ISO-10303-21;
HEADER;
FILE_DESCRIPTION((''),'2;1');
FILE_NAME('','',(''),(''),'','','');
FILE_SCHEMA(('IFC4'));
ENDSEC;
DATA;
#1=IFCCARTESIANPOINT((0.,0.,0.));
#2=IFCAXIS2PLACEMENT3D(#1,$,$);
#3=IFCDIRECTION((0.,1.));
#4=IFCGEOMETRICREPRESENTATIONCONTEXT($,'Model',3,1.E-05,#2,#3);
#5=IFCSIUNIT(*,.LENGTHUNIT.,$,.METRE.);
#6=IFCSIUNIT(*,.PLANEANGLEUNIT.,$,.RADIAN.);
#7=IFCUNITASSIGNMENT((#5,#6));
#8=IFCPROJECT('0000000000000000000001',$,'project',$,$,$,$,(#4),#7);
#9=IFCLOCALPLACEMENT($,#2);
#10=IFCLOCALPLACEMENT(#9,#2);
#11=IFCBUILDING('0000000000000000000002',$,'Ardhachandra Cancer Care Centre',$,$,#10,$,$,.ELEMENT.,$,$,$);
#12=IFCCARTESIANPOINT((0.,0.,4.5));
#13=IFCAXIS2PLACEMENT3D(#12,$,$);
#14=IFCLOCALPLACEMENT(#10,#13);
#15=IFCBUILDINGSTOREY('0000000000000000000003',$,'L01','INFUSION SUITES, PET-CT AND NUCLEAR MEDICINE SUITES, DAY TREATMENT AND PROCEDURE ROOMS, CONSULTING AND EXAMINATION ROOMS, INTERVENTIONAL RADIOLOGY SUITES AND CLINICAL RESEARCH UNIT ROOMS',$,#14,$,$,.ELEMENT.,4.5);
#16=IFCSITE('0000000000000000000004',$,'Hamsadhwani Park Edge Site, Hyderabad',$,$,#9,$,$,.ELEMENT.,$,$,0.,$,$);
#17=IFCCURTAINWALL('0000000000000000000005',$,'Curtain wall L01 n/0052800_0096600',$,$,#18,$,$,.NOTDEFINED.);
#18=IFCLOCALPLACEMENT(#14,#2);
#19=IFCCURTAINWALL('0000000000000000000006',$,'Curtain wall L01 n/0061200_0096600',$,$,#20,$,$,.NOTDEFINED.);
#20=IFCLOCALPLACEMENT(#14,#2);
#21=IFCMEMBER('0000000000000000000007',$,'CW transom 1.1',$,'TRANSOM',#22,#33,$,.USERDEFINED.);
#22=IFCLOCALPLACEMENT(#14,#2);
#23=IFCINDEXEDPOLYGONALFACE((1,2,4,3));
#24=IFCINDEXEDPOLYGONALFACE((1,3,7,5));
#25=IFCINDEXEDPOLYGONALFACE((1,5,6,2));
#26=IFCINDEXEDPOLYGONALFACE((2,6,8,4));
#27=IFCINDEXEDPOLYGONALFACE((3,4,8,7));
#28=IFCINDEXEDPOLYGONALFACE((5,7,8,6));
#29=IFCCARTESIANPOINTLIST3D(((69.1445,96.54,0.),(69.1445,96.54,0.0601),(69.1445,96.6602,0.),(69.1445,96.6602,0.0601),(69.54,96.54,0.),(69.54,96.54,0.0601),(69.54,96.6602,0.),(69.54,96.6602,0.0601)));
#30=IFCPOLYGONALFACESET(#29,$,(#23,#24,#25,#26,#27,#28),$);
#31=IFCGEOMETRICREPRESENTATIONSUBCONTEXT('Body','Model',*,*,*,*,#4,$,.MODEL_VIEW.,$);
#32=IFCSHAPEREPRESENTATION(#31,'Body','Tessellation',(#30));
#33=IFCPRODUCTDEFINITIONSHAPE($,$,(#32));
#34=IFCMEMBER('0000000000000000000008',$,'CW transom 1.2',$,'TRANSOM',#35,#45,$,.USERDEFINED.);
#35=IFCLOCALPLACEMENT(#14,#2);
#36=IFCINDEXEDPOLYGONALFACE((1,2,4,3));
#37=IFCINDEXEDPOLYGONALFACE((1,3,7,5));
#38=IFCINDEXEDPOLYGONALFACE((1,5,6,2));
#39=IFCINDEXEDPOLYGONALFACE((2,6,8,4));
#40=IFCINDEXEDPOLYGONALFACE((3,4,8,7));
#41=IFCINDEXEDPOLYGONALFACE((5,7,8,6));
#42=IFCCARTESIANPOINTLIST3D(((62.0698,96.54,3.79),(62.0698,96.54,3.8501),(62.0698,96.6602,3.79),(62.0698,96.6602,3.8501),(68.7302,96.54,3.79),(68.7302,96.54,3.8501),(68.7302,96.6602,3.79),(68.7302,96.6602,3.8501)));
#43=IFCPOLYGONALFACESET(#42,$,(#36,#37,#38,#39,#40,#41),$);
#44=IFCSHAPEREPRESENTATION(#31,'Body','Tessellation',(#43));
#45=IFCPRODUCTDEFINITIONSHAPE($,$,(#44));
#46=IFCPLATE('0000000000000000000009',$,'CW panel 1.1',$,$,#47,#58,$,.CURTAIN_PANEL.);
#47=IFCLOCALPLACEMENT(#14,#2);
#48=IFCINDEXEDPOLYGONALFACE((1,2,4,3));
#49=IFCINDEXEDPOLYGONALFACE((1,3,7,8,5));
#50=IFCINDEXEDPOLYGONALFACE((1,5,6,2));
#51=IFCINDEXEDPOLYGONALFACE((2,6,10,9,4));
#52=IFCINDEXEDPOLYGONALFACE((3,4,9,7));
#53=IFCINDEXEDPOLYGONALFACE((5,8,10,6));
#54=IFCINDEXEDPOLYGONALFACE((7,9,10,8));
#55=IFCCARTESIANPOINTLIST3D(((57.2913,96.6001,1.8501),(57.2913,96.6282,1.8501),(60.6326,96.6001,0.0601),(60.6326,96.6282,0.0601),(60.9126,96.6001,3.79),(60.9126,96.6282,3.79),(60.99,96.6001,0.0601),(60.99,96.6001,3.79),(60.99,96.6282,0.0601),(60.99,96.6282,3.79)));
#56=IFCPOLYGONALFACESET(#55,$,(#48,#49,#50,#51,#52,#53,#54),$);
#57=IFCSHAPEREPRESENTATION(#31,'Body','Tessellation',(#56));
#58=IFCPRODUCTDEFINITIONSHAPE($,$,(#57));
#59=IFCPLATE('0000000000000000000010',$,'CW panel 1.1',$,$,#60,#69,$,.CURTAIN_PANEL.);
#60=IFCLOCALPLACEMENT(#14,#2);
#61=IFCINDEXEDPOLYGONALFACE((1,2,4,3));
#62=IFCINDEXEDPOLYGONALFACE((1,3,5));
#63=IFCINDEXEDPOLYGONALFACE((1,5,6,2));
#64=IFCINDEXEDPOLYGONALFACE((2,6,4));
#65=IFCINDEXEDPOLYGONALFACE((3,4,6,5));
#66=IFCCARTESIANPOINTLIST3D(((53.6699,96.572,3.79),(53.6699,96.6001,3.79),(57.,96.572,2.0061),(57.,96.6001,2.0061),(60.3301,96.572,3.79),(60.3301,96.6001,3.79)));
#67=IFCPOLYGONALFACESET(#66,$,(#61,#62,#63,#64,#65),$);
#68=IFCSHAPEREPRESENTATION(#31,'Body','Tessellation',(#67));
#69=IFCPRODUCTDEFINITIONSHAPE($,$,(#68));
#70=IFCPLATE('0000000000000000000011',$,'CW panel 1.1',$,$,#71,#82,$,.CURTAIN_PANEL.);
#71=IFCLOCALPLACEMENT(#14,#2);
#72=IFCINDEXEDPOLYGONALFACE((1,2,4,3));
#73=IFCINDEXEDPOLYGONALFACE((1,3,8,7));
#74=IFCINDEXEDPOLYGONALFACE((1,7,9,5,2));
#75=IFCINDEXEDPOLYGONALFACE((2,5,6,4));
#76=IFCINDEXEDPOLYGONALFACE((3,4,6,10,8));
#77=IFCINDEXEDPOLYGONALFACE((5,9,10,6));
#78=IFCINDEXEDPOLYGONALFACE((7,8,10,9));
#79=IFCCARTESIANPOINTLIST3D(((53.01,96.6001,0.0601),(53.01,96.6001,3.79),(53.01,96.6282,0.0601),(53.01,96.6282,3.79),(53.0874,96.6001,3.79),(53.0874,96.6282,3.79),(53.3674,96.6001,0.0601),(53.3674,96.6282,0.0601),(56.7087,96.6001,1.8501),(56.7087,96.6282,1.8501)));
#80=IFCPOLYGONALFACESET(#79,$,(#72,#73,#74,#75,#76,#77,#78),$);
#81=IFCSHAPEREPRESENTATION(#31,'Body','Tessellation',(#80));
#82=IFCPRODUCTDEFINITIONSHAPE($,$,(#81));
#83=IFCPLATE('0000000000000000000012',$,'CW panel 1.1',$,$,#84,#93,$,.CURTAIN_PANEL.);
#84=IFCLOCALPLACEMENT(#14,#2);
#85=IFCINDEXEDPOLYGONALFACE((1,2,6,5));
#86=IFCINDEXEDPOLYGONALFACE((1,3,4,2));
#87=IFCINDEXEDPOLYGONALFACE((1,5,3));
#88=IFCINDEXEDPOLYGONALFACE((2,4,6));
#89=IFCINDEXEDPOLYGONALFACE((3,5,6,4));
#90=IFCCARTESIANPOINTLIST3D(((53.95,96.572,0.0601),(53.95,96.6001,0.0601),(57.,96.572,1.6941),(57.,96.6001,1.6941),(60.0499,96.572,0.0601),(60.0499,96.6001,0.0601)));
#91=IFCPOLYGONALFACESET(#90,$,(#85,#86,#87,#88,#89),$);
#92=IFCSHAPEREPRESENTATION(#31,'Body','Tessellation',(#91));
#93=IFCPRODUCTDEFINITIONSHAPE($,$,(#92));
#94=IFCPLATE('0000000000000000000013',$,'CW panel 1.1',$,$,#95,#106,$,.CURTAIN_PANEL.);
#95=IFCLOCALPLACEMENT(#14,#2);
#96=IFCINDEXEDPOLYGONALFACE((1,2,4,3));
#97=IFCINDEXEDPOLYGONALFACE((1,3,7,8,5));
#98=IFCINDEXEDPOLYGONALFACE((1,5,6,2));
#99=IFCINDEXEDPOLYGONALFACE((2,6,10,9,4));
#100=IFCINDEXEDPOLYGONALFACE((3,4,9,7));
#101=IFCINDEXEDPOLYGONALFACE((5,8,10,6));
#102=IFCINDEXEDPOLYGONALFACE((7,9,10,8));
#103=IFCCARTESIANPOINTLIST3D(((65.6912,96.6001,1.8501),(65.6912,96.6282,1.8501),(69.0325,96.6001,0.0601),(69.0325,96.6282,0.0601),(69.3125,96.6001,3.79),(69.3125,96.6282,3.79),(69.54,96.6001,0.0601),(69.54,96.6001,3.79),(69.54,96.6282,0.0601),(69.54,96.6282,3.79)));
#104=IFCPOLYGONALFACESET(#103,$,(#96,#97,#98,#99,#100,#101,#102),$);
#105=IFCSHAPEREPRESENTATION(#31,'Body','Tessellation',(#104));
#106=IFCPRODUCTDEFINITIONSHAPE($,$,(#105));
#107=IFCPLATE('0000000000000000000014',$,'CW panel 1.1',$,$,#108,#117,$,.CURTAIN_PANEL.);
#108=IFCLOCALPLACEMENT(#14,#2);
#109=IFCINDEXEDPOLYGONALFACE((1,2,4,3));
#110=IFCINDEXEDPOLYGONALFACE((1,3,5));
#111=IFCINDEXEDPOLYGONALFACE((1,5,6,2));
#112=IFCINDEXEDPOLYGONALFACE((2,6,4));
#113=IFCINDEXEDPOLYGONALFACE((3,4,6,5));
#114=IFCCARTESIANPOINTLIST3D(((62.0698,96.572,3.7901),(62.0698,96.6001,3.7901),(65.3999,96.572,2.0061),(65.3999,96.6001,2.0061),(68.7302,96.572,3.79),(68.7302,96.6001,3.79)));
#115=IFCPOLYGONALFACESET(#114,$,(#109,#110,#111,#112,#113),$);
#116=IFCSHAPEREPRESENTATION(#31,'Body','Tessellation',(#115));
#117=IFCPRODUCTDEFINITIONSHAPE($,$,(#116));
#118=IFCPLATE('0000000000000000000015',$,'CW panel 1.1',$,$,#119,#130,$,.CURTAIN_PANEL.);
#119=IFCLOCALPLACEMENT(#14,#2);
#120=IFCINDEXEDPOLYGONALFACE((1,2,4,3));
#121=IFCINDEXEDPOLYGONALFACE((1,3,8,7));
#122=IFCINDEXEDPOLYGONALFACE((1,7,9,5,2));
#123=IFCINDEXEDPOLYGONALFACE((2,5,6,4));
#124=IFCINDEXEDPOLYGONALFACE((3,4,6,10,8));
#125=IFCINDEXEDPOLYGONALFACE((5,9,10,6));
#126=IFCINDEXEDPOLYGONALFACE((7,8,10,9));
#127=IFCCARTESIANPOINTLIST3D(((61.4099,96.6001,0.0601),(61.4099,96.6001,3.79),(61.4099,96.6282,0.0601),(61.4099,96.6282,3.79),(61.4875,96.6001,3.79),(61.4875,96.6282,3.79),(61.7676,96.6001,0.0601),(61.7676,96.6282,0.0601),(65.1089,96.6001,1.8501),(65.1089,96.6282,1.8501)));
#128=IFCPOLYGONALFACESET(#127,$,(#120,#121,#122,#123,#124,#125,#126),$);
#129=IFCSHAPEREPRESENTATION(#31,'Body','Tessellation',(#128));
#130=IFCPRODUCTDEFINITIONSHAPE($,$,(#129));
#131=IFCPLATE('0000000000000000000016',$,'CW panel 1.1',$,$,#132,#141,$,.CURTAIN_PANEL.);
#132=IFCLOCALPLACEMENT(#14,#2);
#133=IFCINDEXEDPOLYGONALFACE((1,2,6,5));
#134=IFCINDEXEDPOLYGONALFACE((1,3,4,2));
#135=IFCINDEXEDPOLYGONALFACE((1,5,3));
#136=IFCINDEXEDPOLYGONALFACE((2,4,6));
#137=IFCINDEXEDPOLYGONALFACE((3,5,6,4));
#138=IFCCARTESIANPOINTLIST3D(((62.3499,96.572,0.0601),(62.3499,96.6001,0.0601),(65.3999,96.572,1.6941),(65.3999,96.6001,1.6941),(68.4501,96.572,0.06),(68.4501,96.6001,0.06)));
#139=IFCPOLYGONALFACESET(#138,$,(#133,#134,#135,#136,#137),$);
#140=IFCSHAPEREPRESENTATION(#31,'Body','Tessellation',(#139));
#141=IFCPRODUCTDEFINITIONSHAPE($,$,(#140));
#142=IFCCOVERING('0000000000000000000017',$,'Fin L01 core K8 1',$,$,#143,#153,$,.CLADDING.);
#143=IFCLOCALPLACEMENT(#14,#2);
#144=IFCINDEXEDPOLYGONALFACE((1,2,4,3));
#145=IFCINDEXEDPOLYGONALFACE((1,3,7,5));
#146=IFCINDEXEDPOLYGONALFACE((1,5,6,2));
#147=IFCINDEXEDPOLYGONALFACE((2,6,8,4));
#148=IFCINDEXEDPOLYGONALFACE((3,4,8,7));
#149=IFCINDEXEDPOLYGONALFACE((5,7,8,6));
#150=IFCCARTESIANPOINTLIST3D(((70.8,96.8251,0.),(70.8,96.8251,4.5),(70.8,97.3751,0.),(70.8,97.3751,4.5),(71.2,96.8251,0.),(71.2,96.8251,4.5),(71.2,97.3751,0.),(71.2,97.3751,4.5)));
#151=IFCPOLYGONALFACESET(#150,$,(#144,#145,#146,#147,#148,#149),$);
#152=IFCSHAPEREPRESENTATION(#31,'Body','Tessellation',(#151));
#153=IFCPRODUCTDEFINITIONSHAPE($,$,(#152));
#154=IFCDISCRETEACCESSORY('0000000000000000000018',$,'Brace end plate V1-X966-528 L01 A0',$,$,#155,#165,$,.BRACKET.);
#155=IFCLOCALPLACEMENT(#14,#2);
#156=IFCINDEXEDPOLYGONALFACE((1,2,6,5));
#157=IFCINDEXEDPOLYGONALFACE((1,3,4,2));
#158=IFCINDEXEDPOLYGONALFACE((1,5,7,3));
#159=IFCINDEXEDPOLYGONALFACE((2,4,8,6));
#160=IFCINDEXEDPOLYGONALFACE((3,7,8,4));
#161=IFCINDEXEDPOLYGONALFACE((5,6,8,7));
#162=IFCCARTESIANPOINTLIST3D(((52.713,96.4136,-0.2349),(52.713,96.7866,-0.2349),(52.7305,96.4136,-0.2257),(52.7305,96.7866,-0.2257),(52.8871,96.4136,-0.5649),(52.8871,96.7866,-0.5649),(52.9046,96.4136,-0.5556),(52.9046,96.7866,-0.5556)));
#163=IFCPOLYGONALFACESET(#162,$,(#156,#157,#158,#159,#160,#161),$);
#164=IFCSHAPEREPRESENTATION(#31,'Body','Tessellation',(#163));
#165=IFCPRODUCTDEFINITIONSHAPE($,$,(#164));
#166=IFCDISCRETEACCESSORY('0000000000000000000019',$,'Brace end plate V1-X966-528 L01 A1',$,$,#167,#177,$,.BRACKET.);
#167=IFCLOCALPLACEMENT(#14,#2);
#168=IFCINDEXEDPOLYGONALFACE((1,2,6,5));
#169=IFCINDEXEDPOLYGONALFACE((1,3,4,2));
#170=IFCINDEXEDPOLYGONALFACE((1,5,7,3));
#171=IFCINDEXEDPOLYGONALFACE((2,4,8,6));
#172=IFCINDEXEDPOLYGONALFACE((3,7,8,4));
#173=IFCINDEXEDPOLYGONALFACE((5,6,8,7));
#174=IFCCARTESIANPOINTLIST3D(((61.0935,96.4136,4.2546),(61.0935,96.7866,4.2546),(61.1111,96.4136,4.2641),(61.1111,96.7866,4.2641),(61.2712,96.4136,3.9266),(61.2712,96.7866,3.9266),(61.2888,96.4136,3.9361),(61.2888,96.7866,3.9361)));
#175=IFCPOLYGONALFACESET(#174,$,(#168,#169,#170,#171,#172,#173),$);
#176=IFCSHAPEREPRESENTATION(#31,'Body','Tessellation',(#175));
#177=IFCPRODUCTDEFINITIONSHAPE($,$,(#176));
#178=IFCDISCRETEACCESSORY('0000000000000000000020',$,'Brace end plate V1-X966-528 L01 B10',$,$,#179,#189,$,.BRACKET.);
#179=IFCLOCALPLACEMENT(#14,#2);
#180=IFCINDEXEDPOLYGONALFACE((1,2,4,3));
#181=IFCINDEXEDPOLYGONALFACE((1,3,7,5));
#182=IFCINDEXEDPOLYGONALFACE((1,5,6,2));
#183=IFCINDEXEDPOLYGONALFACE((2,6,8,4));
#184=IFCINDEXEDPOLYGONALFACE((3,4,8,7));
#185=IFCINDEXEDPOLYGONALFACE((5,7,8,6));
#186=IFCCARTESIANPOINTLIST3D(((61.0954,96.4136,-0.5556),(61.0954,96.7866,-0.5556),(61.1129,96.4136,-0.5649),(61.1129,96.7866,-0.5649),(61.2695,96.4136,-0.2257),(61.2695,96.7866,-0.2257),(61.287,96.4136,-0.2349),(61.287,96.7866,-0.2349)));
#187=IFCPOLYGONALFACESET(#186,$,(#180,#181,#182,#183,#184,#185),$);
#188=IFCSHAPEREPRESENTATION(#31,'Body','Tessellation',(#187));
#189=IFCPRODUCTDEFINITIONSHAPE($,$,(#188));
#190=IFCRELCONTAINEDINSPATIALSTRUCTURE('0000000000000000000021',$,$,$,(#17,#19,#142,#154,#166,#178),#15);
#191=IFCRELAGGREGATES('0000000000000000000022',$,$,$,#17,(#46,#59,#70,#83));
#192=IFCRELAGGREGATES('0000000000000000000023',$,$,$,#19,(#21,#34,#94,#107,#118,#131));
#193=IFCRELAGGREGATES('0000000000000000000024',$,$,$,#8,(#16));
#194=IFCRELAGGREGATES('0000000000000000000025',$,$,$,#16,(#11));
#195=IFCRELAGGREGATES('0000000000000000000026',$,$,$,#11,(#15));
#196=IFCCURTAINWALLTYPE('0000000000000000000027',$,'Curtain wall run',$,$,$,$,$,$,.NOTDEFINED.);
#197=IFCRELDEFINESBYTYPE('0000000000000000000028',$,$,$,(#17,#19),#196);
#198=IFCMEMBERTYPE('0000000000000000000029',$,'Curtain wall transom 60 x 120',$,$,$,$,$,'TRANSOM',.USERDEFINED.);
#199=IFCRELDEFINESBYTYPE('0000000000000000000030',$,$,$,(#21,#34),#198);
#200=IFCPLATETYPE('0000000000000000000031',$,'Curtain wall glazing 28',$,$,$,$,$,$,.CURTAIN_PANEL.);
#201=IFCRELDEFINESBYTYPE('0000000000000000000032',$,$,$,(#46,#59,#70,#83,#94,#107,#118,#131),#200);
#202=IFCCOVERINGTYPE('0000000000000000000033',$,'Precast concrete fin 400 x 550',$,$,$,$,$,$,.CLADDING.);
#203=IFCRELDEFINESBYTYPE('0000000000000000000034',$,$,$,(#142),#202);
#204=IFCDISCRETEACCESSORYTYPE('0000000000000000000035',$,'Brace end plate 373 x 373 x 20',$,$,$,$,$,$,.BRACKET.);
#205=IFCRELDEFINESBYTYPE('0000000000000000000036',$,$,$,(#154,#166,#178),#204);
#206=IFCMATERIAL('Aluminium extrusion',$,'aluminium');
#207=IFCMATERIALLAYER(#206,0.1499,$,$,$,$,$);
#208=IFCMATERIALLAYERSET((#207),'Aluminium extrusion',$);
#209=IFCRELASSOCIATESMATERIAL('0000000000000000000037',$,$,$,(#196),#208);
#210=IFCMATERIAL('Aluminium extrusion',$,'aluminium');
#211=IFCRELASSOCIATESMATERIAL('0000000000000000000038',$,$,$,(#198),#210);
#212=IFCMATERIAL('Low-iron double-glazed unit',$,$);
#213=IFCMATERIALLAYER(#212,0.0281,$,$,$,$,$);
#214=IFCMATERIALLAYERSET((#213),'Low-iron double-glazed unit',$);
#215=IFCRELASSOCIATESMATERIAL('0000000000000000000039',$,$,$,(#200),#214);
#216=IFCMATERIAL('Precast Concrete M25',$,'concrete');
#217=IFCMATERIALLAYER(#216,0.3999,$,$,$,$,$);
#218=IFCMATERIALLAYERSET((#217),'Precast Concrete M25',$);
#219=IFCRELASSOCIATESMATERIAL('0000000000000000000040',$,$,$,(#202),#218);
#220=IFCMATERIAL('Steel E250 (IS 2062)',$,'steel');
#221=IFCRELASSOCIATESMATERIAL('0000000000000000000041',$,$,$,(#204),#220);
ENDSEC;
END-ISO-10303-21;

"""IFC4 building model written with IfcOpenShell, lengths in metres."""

from ifc_helpers import new_model, si_unit, direction, frame, origin, origin_2d, place, context, subcontext, project, spatial, polyline, rectangle, outline, extrude, material, layer, layer_set, material_profile, profile_set, type_object, element, aggregate, save


model = new_model("IFC4")

# Units and contexts
model_context = context("Model", 3, precision=1e-05, world=origin(), true_north=direction((0.0, 1.0)))
body_context = subcontext(model_context, "Body", "Model", "MODEL_VIEW")
ifc_project = project(units=[si_unit("LENGTHUNIT", "METRE"), si_unit("PLANEANGLEUNIT", "RADIAN")], contexts=[model_context])

# Site, building, storey
site_placement = place(None, origin())
site = spatial("IfcSite", under=ifc_project, at=site_placement, Name="Hamsadhwani Park Edge Site, Hyderabad", CompositionType="ELEMENT", RefElevation=0.0)
building_placement = place(site_placement, origin())
building = spatial("IfcBuilding", under=site, at=building_placement, Name="Ardhachandra Cancer Care Centre", CompositionType="ELEMENT")
storey_placement = place(building_placement, frame((0.0, 0.0, 4.5)))
storey = spatial("IfcBuildingStorey", under=building, at=storey_placement, Name="L01", Description="INFUSION SUITES, PET-CT AND NUCLEAR MEDICINE SUITES, DAY TREATMENT AND PROCEDURE ROOMS, CONSULTING AND EXAMINATION ROOMS, INTERVENTIONAL RADIOLOGY SUITES AND CLINICAL RESEARCH UNIT ROOMS", CompositionType="ELEMENT", Elevation=4.5)

# Curtain walls
ifc_material_1 = material(Name="Aluminium extrusion", Category="aluminium")
ifc_layer_1 = layer(ifc_material_1, 0.1499)
ifc_layer_set_1 = layer_set([ifc_layer_1], Name="Aluminium extrusion")
curtain_wall_type = type_object("IfcCurtainWallType", Name="Curtain wall run", PredefinedType="NOTDEFINED", material=ifc_layer_set_1)
curtain_wall_1_placement = place(storey_placement, origin())
curtain_wall_1 = element("IfcCurtainWall", 1, at=curtain_wall_1_placement, inside=storey, type_object=curtain_wall_type, Name="Curtain wall L01 n/0052800_0096600", PredefinedType="NOTDEFINED")
curtain_wall_2_placement = place(storey_placement, origin())
curtain_wall_2 = element("IfcCurtainWall", 2, at=curtain_wall_2_placement, inside=storey, type_object=curtain_wall_type, Name="Curtain wall L01 n/0061200_0096600", PredefinedType="NOTDEFINED")

# Members
ifc_material_2 = material(Name="Aluminium extrusion", Category="aluminium")
ifc_material_profile_1 = material_profile(ifc_material_2, rectangle(XDim=0.1201, YDim=0.0601, at=origin_2d()), Name="Curtain wall transom 60 x 120")
ifc_profile_set_1 = profile_set([ifc_material_profile_1], Name="Aluminium extrusion")
member_type_1 = type_object("IfcMemberType", Name="Curtain wall transom 60 x 120", ElementType="TRANSOM", PredefinedType="USERDEFINED", material=ifc_profile_set_1)
member_1_placement = place(storey_placement, frame((69.1445, 96.6001, 0.03), z_axis=(1.0, 0.0, 0.0), x_axis=(0.0, 1.0, 0.0)))
member_1 = element("IfcMember", 3, at=member_1_placement, type_object=member_type_1, Name="CW transom 1.1", ObjectType="TRANSOM", PredefinedType="USERDEFINED", context=body_context, shape_type="SweptSolid", body=[
    extrude(rectangle(XDim=0.1201, YDim=0.0601, at=origin_2d()), origin(), (0.0, 0.0, 1.0), 0.3955),
])
member_2_placement = place(storey_placement, frame((62.0698, 96.6001, 3.8201), z_axis=(1.0, 0.0, 0.0), x_axis=(0.0, 1.0, 0.0)))
member_2 = element("IfcMember", 4, at=member_2_placement, type_object=member_type_1, Name="CW transom 1.2", ObjectType="TRANSOM", PredefinedType="USERDEFINED", context=body_context, shape_type="SweptSolid", body=[
    extrude(rectangle(XDim=0.1201, YDim=0.0601, at=origin_2d()), origin(), (0.0, 0.0, 1.0), 6.6604),
])

# Plates
ifc_material_3 = material(Name="Low-iron double-glazed unit")
ifc_layer_2 = layer(ifc_material_3, 0.0281)
ifc_layer_set_2 = layer_set([ifc_layer_2], Name="Low-iron double-glazed unit")
plate_type = type_object("IfcPlateType", Name="Curtain wall glazing 28", PredefinedType="CURTAIN_PANEL", material=ifc_layer_set_2)
plate_1_placement = place(storey_placement, frame((60.99, 96.6001, 3.79), z_axis=(0.0, 1.0, 0.0), x_axis=(0.0, 0.0, -1.0)))
plate_1 = element("IfcPlate", 5, at=plate_1_placement, type_object=plate_type, Name="CW panel 1.1", PredefinedType="CURTAIN_PANEL", context=body_context, shape_type="SweptSolid", body=[
    extrude(outline(polyline([(0.0, 0.0), (3.73, 0.0), (3.73, 0.3574), (1.9399, 3.6987), (0.0, 0.0774), (0.0, 0.0)])), origin(), (0.0, 0.0, 1.0), 0.0281),
])
plate_2_placement = place(storey_placement, frame((60.3301, 96.6001, 3.79), z_axis=(0.0, 1.0, 0.0), x_axis=(-0.881484, 0.0, -0.472214)))
plate_2 = element("IfcPlate", 6, at=plate_2_placement, type_object=plate_type, Name="CW panel 1.1", PredefinedType="CURTAIN_PANEL", context=body_context, shape_type="SweptSolid", body=[
    extrude(outline(polyline([(0.0, 0.0), (3.7778, 0.0), (5.8708, 3.145), (0.0, 0.0)])), frame((0.0, 0.0, -0.0281)), (0.0, 0.0, 1.0), 0.0281),
])
plate_3_placement = place(storey_placement, frame((53.01, 96.6001, 0.0601), z_axis=(0.0, 1.0, 0.0), x_axis=(0.0, 0.0, 1.0)))
plate_3 = element("IfcPlate", 7, at=plate_3_placement, type_object=plate_type, Name="CW panel 1.1", PredefinedType="CURTAIN_PANEL", context=body_context, shape_type="SweptSolid", body=[
    extrude(outline(polyline([(0.0, 0.0), (3.73, 0.0), (3.73, 0.0774), (1.79, 3.6987), (0.0, 0.3574), (0.0, 0.0)])), origin(), (0.0, 0.0, 1.0), 0.0281),
])
plate_4_placement = place(storey_placement, frame((53.95, 96.6001, 0.0601), z_axis=(0.0, 1.0, 0.0), x_axis=(0.881471, 0.0, 0.472239)))
plate_4 = element("IfcPlate", 8, at=plate_4_placement, type_object=plate_type, Name="CW panel 1.1", PredefinedType="CURTAIN_PANEL", context=body_context, shape_type="SweptSolid", body=[
    extrude(outline(polyline([(0.0, 0.0), (3.4602, 0.0), (5.377, 2.8806), (0.0, 0.0)])), frame((0.0, 0.0, -0.0281)), (0.0, 0.0, 1.0), 0.0281),
])
aggregate(curtain_wall_1, [plate_1, plate_2, plate_3, plate_4])
plate_5_placement = place(storey_placement, frame((69.54, 96.6001, 3.79), z_axis=(0.0, 1.0, 0.0), x_axis=(0.0, 0.0, -1.0)))
plate_5 = element("IfcPlate", 9, at=plate_5_placement, type_object=plate_type, Name="CW panel 1.1", PredefinedType="CURTAIN_PANEL", context=body_context, shape_type="SweptSolid", body=[
    extrude(outline(polyline([(0.0, 0.0), (3.73, 0.0), (3.73, 0.5076), (1.9399, 3.8489), (0.0, 0.2275), (0.0, 0.0)])), origin(), (0.0, 0.0, 1.0), 0.0281),
])
plate_6_placement = place(storey_placement, frame((68.7302, 96.6001, 3.79), z_axis=(0.0, 1.0, 0.0), x_axis=(-0.881498, 0.0, -0.472187)))
plate_6 = element("IfcPlate", 10, at=plate_6_placement, type_object=plate_type, Name="CW panel 1.1", PredefinedType="CURTAIN_PANEL", context=body_context, shape_type="SweptSolid", body=[
    extrude(outline(polyline([(0.0, 0.0), (3.7781, 0.0), (5.8711, 3.145), (0.0, 0.0)])), frame((0.0, 0.0, -0.0281)), (0.0, 0.0, 1.0), 0.0281),
])
plate_7_placement = place(storey_placement, frame((61.4099, 96.6001, 0.0601), z_axis=(0.0, 1.0, 0.0), x_axis=(0.0, 0.0, 1.0)))
plate_7 = element("IfcPlate", 11, at=plate_7_placement, type_object=plate_type, Name="CW panel 1.1", PredefinedType="CURTAIN_PANEL", context=body_context, shape_type="SweptSolid", body=[
    extrude(outline(polyline([(0.0, 0.0), (3.73, 0.0), (3.73, 0.0776), (1.79, 3.699), (0.0, 0.3577), (0.0, 0.0)])), origin(), (0.0, 0.0, 1.0), 0.0281),
])
plate_8_placement = place(storey_placement, frame((62.3499, 96.6001, 0.0601), z_axis=(0.0, 1.0, 0.0), x_axis=(0.881471, 0.0, 0.472239)))
plate_8 = element("IfcPlate", 12, at=plate_8_placement, type_object=plate_type, Name="CW panel 1.1", PredefinedType="CURTAIN_PANEL", context=body_context, shape_type="SweptSolid", body=[
    extrude(outline(polyline([(0.0, 0.0), (3.4602, 0.0), (5.3772, 2.8809), (0.0, 0.0)])), frame((0.0, 0.0, -0.0281)), (0.0, 0.0, 1.0), 0.0281),
])
aggregate(curtain_wall_2, [member_1, member_2, plate_5, plate_6, plate_7, plate_8])

# Covering
ifc_material_4 = material(Name="Precast Concrete M25", Category="concrete")
ifc_layer_3 = layer(ifc_material_4, 0.3999)
ifc_layer_set_3 = layer_set([ifc_layer_3], Name="Precast Concrete M25")
covering_type = type_object("IfcCoveringType", Name="Precast concrete fin 400 x 550", PredefinedType="CLADDING", material=ifc_layer_set_3)
covering_placement = place(storey_placement, frame((71.0, 97.1001, 0.0), z_axis=(0.0, 0.0, 1.0), x_axis=(1.0, 0.0, 0.0)))
element("IfcCovering", 13, at=covering_placement, inside=storey, type_object=covering_type, Name="Fin L01 core K8 1", PredefinedType="CLADDING", context=body_context, shape_type="SweptSolid", body=[
    extrude(rectangle(XDim=0.3999, YDim=0.55, at=origin_2d()), origin(), (0.0, 0.0, 1.0), 4.5),
])

# Discrete accessories
ifc_material_5 = material(Name="Steel E250 (IS 2062)", Category="steel")
ifc_material_profile_2 = material_profile(ifc_material_5, rectangle(XDim=0.373, YDim=0.373, at=origin_2d()), Name="PL 373x373x20")
ifc_profile_set_2 = profile_set([ifc_material_profile_2], Name="Steel E250 (IS 2062)")
discrete_accessory_type_1 = type_object("IfcDiscreteAccessoryType", Name="Brace end plate 373 x 373 x 20", PredefinedType="BRACKET", material=ifc_profile_set_2)
discrete_accessory_1_placement = place(storey_placement, frame((52.8, 96.6001, -0.3999), z_axis=(0.884385, 0.0, 0.466759), x_axis=(0.0, 1.0, 0.0)))
element("IfcDiscreteAccessory", 14, at=discrete_accessory_1_placement, inside=storey, type_object=discrete_accessory_type_1, Name="Brace end plate V1-X966-528 L01 A0", PredefinedType="BRACKET", context=body_context, shape_type="SweptSolid", body=[
    extrude(rectangle(XDim=0.373, YDim=0.373, at=origin_2d()), origin(), (0.0, 0.0, 1.0), 0.0198),
])
discrete_accessory_2_placement = place(storey_placement, frame((61.2, 96.6001, 4.1001), z_axis=(-0.879292, 0.0, -0.476283), x_axis=(0.0, -1.0, 0.0)))
element("IfcDiscreteAccessory", 15, at=discrete_accessory_2_placement, inside=storey, type_object=discrete_accessory_type_1, Name="Brace end plate V1-X966-528 L01 A1", PredefinedType="BRACKET", context=body_context, shape_type="SweptSolid", body=[
    extrude(rectangle(XDim=0.373, YDim=0.373, at=origin_2d()), origin(), (0.0, 0.0, 1.0), 0.02),
])
discrete_accessory_3_placement = place(storey_placement, frame((61.2, 96.6001, -0.3999), z_axis=(-0.884385, 0.0, 0.466759), x_axis=(0.0, -1.0, 0.0)))
element("IfcDiscreteAccessory", 16, at=discrete_accessory_3_placement, inside=storey, type_object=discrete_accessory_type_1, Name="Brace end plate V1-X966-528 L01 B10", PredefinedType="BRACKET", context=body_context, shape_type="SweptSolid", body=[
    extrude(rectangle(XDim=0.373, YDim=0.373, at=origin_2d()), origin(), (0.0, 0.0, 1.0), 0.0198),
])

save(model, "model.ifc")
